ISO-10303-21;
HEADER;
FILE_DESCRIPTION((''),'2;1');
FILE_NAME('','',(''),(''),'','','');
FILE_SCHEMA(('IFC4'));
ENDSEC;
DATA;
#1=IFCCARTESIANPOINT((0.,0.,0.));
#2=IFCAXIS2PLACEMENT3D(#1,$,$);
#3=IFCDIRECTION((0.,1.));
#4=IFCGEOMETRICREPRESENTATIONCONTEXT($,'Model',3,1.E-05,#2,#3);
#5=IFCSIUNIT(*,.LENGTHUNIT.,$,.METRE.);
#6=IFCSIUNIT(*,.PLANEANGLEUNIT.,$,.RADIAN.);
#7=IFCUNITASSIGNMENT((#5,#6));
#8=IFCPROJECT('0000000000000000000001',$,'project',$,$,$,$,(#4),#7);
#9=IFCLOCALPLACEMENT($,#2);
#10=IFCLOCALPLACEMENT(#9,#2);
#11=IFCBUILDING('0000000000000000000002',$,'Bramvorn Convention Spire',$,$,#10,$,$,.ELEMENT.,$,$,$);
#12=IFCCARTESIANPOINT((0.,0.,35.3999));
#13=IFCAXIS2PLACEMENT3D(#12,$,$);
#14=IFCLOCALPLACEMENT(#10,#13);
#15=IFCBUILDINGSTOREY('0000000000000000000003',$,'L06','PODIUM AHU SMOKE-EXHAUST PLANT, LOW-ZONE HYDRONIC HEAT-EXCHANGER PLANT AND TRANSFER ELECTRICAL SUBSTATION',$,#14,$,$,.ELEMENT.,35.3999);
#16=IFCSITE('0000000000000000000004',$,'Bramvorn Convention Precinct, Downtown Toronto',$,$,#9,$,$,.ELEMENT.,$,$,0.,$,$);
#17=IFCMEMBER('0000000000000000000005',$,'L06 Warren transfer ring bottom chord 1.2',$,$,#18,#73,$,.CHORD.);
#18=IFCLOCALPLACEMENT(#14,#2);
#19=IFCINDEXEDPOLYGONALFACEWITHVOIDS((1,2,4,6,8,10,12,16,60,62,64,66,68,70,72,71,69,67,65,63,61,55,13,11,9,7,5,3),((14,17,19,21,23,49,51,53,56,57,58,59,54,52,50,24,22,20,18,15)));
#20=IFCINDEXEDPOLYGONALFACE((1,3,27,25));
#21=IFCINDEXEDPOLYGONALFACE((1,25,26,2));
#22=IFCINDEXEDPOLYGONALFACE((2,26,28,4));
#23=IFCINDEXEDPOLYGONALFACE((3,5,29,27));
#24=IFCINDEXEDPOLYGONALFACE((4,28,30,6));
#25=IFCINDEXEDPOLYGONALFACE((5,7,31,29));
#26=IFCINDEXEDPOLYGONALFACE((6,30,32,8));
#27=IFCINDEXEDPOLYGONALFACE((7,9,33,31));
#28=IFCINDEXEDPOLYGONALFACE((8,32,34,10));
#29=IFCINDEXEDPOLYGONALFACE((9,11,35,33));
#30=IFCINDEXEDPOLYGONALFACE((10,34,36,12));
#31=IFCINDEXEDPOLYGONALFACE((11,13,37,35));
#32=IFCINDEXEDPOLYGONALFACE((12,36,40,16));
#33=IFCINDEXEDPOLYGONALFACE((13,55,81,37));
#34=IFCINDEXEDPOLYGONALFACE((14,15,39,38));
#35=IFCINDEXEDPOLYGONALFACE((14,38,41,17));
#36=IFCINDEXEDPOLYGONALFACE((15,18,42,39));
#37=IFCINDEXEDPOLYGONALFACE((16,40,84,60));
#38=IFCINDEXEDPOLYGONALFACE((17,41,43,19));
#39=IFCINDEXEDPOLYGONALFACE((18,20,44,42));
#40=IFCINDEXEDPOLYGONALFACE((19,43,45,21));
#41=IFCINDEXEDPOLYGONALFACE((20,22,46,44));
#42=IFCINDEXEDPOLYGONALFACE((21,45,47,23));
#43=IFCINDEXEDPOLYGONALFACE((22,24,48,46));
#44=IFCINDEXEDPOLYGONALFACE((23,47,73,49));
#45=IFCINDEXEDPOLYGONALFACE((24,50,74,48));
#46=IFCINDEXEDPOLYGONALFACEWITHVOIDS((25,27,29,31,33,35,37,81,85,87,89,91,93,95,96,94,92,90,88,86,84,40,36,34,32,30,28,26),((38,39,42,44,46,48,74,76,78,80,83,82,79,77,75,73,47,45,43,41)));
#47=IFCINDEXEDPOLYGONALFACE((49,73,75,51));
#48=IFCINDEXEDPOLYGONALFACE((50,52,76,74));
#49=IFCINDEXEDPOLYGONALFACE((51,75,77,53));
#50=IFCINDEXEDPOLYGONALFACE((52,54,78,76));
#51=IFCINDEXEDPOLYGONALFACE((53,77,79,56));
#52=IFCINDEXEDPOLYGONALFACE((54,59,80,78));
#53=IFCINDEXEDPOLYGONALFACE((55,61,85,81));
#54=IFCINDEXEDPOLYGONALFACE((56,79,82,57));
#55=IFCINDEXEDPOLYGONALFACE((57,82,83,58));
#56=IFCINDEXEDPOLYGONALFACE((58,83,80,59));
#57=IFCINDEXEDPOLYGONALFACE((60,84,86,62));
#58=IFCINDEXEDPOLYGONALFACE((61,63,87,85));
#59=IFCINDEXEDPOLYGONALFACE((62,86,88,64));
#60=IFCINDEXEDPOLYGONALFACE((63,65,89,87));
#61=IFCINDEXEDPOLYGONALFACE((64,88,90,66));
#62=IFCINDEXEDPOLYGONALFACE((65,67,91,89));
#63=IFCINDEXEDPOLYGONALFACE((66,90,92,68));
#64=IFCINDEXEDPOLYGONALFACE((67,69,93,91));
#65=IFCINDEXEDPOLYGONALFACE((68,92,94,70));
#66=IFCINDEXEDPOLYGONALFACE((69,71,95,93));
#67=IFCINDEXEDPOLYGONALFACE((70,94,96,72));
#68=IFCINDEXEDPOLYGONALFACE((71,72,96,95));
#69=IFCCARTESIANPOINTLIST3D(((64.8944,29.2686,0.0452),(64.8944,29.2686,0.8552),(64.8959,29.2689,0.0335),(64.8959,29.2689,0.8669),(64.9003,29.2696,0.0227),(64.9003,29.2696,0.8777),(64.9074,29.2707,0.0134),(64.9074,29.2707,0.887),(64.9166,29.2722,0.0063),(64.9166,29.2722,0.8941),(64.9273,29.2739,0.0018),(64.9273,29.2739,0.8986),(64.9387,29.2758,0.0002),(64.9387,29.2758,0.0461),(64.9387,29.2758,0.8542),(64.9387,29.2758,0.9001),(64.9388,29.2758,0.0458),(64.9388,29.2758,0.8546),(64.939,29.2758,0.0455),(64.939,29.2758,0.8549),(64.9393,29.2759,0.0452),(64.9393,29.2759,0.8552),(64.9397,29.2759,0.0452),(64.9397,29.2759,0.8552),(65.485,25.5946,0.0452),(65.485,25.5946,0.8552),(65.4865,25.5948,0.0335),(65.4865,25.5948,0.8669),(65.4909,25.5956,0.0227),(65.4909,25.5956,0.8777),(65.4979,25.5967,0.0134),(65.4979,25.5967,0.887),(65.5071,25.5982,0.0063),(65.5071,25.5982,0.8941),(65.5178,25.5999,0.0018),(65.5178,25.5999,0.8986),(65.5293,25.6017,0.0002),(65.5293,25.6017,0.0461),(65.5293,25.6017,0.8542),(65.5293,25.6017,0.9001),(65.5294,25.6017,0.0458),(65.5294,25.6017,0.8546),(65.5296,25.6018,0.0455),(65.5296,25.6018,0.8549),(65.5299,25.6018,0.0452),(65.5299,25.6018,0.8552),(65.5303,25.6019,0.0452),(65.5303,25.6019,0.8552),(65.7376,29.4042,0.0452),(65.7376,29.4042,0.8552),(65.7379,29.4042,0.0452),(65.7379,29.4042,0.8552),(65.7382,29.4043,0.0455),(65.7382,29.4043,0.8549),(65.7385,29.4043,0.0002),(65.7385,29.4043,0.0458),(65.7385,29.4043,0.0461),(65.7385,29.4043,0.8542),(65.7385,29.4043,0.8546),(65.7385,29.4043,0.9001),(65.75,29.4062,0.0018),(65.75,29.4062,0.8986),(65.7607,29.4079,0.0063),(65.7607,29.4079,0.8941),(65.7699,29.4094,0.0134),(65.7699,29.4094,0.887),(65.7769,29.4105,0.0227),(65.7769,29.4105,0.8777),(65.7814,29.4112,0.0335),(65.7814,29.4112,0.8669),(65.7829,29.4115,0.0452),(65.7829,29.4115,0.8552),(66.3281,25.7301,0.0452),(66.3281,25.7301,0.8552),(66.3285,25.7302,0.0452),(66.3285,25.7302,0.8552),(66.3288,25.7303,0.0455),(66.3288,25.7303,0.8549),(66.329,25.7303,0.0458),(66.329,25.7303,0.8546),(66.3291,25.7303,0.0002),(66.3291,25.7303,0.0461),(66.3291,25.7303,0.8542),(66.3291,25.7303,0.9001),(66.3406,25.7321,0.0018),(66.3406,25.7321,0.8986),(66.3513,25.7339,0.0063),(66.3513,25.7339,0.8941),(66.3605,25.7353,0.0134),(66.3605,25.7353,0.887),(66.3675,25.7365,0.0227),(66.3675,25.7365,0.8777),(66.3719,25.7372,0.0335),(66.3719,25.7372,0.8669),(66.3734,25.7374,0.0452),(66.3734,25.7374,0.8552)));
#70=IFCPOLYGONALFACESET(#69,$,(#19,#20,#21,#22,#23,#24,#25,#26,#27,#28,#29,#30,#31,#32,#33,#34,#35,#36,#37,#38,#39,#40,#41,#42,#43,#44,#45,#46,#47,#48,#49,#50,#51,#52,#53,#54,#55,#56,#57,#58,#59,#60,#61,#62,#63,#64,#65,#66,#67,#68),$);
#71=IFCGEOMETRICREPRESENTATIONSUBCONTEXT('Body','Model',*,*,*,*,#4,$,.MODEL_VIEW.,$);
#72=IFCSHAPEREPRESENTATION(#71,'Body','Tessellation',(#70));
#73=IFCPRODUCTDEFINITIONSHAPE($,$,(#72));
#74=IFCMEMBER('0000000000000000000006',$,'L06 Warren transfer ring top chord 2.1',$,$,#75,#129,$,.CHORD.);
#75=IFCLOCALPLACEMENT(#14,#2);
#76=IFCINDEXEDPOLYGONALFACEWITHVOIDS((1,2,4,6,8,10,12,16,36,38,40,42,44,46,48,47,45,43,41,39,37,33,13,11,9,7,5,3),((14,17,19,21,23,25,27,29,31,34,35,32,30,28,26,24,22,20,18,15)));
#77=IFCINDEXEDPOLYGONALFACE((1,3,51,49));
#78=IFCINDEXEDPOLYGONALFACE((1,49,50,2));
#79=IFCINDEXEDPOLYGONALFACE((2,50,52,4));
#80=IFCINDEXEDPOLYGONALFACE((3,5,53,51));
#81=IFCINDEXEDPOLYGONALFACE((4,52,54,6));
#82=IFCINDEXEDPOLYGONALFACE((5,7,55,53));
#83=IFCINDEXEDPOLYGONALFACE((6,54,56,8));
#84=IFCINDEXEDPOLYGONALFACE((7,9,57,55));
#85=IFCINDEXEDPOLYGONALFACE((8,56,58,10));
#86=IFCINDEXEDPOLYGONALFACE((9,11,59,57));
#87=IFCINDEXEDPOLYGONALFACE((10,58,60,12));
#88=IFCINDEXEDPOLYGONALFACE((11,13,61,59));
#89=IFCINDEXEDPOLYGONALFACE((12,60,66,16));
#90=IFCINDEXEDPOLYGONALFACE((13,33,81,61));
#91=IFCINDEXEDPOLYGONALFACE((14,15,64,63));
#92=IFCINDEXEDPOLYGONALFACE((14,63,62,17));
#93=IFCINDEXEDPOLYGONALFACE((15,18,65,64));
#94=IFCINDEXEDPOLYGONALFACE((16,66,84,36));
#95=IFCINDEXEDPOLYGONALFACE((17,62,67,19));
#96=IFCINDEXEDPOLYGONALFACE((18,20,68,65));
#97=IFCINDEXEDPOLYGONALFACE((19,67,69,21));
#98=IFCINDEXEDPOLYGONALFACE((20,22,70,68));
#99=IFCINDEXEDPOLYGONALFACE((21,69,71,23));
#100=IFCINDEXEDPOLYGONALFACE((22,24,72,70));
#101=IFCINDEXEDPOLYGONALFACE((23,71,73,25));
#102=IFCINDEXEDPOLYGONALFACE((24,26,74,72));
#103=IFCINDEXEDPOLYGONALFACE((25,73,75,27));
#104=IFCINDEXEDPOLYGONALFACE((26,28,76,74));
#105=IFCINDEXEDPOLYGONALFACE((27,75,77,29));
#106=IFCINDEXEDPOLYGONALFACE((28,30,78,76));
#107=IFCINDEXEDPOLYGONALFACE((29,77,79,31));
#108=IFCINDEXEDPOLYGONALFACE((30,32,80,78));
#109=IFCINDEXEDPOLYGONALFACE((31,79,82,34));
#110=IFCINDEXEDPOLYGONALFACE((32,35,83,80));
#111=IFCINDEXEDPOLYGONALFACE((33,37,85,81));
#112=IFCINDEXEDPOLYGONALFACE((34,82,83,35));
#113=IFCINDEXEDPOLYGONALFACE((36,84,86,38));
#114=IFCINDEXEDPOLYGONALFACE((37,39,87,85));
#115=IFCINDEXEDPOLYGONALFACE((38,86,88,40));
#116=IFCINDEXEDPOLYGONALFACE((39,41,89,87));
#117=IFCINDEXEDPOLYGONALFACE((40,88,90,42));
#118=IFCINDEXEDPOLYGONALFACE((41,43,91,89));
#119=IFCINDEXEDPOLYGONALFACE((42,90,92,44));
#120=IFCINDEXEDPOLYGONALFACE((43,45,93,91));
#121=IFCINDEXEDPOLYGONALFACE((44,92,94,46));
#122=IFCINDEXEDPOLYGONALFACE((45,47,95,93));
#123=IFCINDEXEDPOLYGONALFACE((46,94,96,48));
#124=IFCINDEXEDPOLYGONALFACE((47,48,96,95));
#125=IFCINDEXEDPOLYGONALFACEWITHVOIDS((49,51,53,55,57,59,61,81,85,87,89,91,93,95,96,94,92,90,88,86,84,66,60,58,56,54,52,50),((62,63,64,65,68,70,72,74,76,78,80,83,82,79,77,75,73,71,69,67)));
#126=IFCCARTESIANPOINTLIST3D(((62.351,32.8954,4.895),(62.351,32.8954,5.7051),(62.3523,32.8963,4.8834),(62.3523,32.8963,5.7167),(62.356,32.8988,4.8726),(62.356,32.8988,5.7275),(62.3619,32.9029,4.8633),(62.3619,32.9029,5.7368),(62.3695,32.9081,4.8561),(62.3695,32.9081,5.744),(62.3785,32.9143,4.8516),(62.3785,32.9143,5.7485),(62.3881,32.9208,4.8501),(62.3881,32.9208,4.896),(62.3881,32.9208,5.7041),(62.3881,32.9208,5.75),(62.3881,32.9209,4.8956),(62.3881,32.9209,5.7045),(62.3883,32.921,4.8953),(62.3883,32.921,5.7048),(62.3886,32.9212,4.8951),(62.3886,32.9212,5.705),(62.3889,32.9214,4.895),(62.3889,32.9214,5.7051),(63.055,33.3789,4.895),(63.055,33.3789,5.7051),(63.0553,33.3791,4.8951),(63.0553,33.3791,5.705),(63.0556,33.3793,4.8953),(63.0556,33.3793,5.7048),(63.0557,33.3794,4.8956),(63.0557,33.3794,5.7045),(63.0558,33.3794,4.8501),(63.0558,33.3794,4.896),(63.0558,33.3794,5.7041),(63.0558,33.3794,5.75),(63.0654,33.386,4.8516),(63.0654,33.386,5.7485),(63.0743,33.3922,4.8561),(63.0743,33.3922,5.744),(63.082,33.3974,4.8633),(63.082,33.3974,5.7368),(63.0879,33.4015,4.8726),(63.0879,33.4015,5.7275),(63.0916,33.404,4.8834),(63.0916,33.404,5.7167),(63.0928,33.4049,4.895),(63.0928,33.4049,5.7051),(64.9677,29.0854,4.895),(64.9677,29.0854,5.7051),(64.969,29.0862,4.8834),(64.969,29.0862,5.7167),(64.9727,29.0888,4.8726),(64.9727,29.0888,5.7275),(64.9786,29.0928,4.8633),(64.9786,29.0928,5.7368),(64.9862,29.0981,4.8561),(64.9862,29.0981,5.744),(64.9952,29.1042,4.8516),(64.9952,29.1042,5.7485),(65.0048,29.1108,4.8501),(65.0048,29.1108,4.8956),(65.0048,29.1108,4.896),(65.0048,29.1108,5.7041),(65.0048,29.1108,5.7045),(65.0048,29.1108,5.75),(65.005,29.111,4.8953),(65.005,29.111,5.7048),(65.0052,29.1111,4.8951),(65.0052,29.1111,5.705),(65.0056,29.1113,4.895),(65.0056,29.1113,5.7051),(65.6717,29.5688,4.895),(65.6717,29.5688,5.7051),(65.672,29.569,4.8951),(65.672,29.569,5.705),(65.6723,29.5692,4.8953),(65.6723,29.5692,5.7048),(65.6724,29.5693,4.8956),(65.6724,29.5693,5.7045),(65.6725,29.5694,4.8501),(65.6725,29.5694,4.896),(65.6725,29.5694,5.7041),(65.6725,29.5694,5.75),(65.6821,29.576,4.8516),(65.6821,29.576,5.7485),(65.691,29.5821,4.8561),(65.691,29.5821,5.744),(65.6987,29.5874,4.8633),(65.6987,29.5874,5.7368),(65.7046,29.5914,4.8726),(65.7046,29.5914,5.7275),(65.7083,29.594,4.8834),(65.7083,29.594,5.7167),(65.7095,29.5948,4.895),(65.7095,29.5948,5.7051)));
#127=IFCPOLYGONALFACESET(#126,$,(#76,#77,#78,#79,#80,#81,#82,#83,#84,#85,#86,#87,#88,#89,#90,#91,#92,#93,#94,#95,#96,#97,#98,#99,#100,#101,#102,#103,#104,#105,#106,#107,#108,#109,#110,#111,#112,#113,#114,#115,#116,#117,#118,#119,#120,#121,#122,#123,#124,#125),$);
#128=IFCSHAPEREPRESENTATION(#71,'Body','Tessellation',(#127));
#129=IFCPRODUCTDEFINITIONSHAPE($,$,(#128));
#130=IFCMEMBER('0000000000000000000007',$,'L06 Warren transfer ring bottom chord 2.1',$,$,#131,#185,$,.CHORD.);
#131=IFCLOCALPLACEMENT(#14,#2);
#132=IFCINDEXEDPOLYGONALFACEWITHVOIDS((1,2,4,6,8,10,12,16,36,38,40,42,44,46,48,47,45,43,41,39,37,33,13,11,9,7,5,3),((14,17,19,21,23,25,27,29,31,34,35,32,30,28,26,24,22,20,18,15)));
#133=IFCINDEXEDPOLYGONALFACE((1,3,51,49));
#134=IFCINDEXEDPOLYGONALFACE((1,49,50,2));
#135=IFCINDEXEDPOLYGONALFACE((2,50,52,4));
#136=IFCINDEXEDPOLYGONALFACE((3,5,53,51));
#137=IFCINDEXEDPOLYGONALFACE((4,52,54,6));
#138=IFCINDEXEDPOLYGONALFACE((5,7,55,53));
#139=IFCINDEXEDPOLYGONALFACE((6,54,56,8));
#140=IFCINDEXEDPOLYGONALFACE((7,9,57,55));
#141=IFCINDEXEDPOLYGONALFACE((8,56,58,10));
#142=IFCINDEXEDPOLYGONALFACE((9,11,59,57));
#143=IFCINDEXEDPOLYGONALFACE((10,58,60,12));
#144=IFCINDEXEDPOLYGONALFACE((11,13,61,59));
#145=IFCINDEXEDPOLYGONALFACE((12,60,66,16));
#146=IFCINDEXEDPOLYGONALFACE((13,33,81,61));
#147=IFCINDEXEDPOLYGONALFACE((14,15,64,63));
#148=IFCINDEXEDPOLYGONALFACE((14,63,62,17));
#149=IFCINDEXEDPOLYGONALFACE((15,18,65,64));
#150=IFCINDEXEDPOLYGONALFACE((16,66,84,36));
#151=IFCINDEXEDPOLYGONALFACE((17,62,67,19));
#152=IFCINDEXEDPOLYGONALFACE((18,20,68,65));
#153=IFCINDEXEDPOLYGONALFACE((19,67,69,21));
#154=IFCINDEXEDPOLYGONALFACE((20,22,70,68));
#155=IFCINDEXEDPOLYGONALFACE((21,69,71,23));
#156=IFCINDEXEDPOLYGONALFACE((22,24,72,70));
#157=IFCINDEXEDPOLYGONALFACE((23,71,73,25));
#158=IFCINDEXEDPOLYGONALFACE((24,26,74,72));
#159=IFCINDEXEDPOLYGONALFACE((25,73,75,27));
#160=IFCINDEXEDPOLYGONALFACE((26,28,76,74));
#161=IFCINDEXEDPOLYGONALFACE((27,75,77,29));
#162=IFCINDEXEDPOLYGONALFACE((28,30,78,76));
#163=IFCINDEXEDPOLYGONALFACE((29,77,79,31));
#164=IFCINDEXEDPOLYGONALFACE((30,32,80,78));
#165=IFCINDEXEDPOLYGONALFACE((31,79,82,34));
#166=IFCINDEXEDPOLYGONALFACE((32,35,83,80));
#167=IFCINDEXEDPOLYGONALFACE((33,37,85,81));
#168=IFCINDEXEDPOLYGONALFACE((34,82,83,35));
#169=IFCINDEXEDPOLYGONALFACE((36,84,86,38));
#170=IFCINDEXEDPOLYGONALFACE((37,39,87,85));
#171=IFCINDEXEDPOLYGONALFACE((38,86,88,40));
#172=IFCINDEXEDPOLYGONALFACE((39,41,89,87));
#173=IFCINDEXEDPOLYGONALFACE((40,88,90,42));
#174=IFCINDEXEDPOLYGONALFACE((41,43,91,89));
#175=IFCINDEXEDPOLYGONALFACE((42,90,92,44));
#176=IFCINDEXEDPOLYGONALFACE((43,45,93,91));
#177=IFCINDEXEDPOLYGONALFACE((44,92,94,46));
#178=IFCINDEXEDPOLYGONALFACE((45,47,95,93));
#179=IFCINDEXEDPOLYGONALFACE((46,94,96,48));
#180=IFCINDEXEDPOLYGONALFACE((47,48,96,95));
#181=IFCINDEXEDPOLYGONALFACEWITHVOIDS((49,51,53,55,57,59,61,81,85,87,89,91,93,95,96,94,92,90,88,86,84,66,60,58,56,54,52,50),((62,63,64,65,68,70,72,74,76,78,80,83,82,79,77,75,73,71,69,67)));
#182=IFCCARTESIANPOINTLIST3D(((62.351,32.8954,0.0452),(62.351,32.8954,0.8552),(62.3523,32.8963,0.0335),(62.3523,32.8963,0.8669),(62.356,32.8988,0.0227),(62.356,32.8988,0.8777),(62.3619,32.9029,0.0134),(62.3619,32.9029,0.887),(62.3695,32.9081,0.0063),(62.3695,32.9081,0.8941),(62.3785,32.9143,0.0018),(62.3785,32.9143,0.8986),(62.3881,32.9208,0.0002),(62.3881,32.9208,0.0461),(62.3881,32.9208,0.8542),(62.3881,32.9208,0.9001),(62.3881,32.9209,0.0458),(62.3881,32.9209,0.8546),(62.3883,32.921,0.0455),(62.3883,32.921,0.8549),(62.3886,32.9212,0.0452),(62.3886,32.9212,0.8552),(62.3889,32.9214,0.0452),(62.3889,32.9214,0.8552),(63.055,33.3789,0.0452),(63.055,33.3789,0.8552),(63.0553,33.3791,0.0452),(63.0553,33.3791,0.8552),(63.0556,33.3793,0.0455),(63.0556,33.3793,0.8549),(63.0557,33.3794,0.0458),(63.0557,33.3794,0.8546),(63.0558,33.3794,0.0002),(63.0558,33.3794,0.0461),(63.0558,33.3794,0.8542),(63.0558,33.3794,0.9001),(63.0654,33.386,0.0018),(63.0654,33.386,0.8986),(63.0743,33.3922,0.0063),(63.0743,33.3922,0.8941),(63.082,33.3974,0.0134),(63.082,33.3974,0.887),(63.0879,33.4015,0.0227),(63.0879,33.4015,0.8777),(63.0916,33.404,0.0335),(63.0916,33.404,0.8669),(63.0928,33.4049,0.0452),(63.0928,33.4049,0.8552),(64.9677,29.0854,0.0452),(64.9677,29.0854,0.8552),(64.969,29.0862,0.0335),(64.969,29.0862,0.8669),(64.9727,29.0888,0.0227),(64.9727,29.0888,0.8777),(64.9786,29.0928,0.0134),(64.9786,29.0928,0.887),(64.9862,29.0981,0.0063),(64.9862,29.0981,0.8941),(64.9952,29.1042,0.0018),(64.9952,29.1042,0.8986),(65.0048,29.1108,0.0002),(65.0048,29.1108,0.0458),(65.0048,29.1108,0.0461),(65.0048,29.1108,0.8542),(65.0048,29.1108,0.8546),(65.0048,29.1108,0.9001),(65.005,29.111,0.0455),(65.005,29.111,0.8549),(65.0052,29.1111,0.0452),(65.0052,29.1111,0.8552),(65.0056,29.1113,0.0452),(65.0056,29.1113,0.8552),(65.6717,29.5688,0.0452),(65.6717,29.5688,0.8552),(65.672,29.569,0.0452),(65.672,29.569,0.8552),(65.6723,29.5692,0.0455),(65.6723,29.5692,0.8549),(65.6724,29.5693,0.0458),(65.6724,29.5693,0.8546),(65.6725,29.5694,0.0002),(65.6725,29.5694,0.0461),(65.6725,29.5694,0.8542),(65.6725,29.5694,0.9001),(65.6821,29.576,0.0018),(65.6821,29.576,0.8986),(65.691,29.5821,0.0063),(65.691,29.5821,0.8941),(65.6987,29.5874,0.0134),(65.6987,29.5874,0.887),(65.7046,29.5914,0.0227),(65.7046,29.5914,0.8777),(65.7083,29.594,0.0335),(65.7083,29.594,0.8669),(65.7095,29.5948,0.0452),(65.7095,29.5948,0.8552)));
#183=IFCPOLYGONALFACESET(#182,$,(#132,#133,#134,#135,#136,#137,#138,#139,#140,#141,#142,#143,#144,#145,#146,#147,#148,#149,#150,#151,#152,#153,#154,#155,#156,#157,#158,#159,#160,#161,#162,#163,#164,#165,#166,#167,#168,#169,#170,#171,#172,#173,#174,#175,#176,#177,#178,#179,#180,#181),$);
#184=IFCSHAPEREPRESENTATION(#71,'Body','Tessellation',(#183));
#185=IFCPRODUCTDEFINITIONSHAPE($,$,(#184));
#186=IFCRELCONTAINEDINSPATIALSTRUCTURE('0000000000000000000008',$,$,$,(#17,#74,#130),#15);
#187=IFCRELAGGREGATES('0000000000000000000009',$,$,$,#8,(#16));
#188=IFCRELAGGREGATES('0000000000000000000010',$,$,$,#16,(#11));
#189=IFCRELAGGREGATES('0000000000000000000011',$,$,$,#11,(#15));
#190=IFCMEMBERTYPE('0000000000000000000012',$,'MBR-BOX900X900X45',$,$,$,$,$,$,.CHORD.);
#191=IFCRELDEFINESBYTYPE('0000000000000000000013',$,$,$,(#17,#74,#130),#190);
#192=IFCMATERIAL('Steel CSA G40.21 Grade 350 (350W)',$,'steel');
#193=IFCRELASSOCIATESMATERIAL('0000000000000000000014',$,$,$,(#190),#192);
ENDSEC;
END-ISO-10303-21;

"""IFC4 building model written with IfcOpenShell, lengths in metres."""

from ifc_helpers import new_model, si_unit, direction, frame, origin, origin_2d, place, context, subcontext, project, spatial, hollow_rectangle, extrude, material, material_profile, profile_set, type_object, element, save


model = new_model("IFC4")

# Units and contexts
model_context = context("Model", 3, precision=1e-05, world=origin(), true_north=direction((0.0, 1.0)))
body_context = subcontext(model_context, "Body", "Model", "MODEL_VIEW")
ifc_project = project(units=[si_unit("LENGTHUNIT", "METRE"), si_unit("PLANEANGLEUNIT", "RADIAN")], contexts=[model_context])

# Site, building, storey
site_placement = place(None, origin())
site = spatial("IfcSite", under=ifc_project, at=site_placement, Name="Bramvorn Convention Precinct, Downtown Toronto", CompositionType="ELEMENT", RefElevation=0.0)
building_placement = place(site_placement, origin())
building = spatial("IfcBuilding", under=site, at=building_placement, Name="Bramvorn Convention Spire", CompositionType="ELEMENT")
storey_placement = place(building_placement, frame((0.0, 0.0, 35.3999)))
storey = spatial("IfcBuildingStorey", under=building, at=storey_placement, Name="L06", Description="PODIUM AHU SMOKE-EXHAUST PLANT, LOW-ZONE HYDRONIC HEAT-EXCHANGER PLANT AND TRANSFER ELECTRICAL SUBSTATION", CompositionType="ELEMENT", Elevation=35.3999)

# Shared definitions
ifc_material_1 = material(Name="Steel CSA G40.21 Grade 350 (350W)", Category="steel")

# Members
ifc_material_profile_1 = material_profile(ifc_material_1, hollow_rectangle(XDim=0.8999, YDim=0.8999, WallThickness=0.0449, InnerFilletRadius=0.001, OuterFilletRadius=0.0449, at=origin_2d()))
ifc_profile_set_1 = profile_set([ifc_material_profile_1], Name="Steel CSA G40.21 Grade 350 (350W) - BOX900X900X45")
member_type_1 = type_object("IfcMemberType", Name="MBR-BOX900X900X45", PredefinedType="CHORD", material=ifc_profile_set_1)
for number, where, z_axis, x_axis, name in (
    (1, (65.9292, 25.666, 0.4502), (-0.158704, 0.987326, 0.0), (-0.987326, -0.158704, 0.0), "L06 Warren transfer ring bottom chord 1.2"),
):
    element("IfcMember", number, at=place(storey_placement, frame(where, z_axis=z_axis, x_axis=x_axis)), inside=storey, type_object=member_type_1, Name=name, PredefinedType="CHORD", context=body_context, shape_type="SweptSolid", body=[
        extrude(hollow_rectangle(XDim=0.8999, YDim=0.8999, WallThickness=0.0449, InnerFilletRadius=0.001, OuterFilletRadius=0.0449, at=origin_2d()), origin(), (0.0, 0.0, 1.0), 3.7212),
    ])
for number, where, z_axis, x_axis, name in (
    (2, (65.3386, 29.3401, 5.3), (-0.56613, 0.824316, 0.0), (-0.824316, -0.56613, 0.0), "L06 Warren transfer ring top chord 2.1"),
    (3, (65.3386, 29.3401, 0.4502), (-0.56613, 0.824316, 0.0), (-0.824316, -0.56613, 0.0), "L06 Warren transfer ring bottom chord 2.1"),
):
    element("IfcMember", number, at=place(storey_placement, frame(where, z_axis=z_axis, x_axis=x_axis)), inside=storey, type_object=member_type_1, Name=name, PredefinedType="CHORD", context=body_context, shape_type="SweptSolid", body=[
        extrude(hollow_rectangle(XDim=0.8999, YDim=0.8999, WallThickness=0.0449, InnerFilletRadius=0.001, OuterFilletRadius=0.0449, at=origin_2d()), origin(), (0.0, 0.0, 1.0), 4.6221),
    ])

save(model, "model.ifc")
